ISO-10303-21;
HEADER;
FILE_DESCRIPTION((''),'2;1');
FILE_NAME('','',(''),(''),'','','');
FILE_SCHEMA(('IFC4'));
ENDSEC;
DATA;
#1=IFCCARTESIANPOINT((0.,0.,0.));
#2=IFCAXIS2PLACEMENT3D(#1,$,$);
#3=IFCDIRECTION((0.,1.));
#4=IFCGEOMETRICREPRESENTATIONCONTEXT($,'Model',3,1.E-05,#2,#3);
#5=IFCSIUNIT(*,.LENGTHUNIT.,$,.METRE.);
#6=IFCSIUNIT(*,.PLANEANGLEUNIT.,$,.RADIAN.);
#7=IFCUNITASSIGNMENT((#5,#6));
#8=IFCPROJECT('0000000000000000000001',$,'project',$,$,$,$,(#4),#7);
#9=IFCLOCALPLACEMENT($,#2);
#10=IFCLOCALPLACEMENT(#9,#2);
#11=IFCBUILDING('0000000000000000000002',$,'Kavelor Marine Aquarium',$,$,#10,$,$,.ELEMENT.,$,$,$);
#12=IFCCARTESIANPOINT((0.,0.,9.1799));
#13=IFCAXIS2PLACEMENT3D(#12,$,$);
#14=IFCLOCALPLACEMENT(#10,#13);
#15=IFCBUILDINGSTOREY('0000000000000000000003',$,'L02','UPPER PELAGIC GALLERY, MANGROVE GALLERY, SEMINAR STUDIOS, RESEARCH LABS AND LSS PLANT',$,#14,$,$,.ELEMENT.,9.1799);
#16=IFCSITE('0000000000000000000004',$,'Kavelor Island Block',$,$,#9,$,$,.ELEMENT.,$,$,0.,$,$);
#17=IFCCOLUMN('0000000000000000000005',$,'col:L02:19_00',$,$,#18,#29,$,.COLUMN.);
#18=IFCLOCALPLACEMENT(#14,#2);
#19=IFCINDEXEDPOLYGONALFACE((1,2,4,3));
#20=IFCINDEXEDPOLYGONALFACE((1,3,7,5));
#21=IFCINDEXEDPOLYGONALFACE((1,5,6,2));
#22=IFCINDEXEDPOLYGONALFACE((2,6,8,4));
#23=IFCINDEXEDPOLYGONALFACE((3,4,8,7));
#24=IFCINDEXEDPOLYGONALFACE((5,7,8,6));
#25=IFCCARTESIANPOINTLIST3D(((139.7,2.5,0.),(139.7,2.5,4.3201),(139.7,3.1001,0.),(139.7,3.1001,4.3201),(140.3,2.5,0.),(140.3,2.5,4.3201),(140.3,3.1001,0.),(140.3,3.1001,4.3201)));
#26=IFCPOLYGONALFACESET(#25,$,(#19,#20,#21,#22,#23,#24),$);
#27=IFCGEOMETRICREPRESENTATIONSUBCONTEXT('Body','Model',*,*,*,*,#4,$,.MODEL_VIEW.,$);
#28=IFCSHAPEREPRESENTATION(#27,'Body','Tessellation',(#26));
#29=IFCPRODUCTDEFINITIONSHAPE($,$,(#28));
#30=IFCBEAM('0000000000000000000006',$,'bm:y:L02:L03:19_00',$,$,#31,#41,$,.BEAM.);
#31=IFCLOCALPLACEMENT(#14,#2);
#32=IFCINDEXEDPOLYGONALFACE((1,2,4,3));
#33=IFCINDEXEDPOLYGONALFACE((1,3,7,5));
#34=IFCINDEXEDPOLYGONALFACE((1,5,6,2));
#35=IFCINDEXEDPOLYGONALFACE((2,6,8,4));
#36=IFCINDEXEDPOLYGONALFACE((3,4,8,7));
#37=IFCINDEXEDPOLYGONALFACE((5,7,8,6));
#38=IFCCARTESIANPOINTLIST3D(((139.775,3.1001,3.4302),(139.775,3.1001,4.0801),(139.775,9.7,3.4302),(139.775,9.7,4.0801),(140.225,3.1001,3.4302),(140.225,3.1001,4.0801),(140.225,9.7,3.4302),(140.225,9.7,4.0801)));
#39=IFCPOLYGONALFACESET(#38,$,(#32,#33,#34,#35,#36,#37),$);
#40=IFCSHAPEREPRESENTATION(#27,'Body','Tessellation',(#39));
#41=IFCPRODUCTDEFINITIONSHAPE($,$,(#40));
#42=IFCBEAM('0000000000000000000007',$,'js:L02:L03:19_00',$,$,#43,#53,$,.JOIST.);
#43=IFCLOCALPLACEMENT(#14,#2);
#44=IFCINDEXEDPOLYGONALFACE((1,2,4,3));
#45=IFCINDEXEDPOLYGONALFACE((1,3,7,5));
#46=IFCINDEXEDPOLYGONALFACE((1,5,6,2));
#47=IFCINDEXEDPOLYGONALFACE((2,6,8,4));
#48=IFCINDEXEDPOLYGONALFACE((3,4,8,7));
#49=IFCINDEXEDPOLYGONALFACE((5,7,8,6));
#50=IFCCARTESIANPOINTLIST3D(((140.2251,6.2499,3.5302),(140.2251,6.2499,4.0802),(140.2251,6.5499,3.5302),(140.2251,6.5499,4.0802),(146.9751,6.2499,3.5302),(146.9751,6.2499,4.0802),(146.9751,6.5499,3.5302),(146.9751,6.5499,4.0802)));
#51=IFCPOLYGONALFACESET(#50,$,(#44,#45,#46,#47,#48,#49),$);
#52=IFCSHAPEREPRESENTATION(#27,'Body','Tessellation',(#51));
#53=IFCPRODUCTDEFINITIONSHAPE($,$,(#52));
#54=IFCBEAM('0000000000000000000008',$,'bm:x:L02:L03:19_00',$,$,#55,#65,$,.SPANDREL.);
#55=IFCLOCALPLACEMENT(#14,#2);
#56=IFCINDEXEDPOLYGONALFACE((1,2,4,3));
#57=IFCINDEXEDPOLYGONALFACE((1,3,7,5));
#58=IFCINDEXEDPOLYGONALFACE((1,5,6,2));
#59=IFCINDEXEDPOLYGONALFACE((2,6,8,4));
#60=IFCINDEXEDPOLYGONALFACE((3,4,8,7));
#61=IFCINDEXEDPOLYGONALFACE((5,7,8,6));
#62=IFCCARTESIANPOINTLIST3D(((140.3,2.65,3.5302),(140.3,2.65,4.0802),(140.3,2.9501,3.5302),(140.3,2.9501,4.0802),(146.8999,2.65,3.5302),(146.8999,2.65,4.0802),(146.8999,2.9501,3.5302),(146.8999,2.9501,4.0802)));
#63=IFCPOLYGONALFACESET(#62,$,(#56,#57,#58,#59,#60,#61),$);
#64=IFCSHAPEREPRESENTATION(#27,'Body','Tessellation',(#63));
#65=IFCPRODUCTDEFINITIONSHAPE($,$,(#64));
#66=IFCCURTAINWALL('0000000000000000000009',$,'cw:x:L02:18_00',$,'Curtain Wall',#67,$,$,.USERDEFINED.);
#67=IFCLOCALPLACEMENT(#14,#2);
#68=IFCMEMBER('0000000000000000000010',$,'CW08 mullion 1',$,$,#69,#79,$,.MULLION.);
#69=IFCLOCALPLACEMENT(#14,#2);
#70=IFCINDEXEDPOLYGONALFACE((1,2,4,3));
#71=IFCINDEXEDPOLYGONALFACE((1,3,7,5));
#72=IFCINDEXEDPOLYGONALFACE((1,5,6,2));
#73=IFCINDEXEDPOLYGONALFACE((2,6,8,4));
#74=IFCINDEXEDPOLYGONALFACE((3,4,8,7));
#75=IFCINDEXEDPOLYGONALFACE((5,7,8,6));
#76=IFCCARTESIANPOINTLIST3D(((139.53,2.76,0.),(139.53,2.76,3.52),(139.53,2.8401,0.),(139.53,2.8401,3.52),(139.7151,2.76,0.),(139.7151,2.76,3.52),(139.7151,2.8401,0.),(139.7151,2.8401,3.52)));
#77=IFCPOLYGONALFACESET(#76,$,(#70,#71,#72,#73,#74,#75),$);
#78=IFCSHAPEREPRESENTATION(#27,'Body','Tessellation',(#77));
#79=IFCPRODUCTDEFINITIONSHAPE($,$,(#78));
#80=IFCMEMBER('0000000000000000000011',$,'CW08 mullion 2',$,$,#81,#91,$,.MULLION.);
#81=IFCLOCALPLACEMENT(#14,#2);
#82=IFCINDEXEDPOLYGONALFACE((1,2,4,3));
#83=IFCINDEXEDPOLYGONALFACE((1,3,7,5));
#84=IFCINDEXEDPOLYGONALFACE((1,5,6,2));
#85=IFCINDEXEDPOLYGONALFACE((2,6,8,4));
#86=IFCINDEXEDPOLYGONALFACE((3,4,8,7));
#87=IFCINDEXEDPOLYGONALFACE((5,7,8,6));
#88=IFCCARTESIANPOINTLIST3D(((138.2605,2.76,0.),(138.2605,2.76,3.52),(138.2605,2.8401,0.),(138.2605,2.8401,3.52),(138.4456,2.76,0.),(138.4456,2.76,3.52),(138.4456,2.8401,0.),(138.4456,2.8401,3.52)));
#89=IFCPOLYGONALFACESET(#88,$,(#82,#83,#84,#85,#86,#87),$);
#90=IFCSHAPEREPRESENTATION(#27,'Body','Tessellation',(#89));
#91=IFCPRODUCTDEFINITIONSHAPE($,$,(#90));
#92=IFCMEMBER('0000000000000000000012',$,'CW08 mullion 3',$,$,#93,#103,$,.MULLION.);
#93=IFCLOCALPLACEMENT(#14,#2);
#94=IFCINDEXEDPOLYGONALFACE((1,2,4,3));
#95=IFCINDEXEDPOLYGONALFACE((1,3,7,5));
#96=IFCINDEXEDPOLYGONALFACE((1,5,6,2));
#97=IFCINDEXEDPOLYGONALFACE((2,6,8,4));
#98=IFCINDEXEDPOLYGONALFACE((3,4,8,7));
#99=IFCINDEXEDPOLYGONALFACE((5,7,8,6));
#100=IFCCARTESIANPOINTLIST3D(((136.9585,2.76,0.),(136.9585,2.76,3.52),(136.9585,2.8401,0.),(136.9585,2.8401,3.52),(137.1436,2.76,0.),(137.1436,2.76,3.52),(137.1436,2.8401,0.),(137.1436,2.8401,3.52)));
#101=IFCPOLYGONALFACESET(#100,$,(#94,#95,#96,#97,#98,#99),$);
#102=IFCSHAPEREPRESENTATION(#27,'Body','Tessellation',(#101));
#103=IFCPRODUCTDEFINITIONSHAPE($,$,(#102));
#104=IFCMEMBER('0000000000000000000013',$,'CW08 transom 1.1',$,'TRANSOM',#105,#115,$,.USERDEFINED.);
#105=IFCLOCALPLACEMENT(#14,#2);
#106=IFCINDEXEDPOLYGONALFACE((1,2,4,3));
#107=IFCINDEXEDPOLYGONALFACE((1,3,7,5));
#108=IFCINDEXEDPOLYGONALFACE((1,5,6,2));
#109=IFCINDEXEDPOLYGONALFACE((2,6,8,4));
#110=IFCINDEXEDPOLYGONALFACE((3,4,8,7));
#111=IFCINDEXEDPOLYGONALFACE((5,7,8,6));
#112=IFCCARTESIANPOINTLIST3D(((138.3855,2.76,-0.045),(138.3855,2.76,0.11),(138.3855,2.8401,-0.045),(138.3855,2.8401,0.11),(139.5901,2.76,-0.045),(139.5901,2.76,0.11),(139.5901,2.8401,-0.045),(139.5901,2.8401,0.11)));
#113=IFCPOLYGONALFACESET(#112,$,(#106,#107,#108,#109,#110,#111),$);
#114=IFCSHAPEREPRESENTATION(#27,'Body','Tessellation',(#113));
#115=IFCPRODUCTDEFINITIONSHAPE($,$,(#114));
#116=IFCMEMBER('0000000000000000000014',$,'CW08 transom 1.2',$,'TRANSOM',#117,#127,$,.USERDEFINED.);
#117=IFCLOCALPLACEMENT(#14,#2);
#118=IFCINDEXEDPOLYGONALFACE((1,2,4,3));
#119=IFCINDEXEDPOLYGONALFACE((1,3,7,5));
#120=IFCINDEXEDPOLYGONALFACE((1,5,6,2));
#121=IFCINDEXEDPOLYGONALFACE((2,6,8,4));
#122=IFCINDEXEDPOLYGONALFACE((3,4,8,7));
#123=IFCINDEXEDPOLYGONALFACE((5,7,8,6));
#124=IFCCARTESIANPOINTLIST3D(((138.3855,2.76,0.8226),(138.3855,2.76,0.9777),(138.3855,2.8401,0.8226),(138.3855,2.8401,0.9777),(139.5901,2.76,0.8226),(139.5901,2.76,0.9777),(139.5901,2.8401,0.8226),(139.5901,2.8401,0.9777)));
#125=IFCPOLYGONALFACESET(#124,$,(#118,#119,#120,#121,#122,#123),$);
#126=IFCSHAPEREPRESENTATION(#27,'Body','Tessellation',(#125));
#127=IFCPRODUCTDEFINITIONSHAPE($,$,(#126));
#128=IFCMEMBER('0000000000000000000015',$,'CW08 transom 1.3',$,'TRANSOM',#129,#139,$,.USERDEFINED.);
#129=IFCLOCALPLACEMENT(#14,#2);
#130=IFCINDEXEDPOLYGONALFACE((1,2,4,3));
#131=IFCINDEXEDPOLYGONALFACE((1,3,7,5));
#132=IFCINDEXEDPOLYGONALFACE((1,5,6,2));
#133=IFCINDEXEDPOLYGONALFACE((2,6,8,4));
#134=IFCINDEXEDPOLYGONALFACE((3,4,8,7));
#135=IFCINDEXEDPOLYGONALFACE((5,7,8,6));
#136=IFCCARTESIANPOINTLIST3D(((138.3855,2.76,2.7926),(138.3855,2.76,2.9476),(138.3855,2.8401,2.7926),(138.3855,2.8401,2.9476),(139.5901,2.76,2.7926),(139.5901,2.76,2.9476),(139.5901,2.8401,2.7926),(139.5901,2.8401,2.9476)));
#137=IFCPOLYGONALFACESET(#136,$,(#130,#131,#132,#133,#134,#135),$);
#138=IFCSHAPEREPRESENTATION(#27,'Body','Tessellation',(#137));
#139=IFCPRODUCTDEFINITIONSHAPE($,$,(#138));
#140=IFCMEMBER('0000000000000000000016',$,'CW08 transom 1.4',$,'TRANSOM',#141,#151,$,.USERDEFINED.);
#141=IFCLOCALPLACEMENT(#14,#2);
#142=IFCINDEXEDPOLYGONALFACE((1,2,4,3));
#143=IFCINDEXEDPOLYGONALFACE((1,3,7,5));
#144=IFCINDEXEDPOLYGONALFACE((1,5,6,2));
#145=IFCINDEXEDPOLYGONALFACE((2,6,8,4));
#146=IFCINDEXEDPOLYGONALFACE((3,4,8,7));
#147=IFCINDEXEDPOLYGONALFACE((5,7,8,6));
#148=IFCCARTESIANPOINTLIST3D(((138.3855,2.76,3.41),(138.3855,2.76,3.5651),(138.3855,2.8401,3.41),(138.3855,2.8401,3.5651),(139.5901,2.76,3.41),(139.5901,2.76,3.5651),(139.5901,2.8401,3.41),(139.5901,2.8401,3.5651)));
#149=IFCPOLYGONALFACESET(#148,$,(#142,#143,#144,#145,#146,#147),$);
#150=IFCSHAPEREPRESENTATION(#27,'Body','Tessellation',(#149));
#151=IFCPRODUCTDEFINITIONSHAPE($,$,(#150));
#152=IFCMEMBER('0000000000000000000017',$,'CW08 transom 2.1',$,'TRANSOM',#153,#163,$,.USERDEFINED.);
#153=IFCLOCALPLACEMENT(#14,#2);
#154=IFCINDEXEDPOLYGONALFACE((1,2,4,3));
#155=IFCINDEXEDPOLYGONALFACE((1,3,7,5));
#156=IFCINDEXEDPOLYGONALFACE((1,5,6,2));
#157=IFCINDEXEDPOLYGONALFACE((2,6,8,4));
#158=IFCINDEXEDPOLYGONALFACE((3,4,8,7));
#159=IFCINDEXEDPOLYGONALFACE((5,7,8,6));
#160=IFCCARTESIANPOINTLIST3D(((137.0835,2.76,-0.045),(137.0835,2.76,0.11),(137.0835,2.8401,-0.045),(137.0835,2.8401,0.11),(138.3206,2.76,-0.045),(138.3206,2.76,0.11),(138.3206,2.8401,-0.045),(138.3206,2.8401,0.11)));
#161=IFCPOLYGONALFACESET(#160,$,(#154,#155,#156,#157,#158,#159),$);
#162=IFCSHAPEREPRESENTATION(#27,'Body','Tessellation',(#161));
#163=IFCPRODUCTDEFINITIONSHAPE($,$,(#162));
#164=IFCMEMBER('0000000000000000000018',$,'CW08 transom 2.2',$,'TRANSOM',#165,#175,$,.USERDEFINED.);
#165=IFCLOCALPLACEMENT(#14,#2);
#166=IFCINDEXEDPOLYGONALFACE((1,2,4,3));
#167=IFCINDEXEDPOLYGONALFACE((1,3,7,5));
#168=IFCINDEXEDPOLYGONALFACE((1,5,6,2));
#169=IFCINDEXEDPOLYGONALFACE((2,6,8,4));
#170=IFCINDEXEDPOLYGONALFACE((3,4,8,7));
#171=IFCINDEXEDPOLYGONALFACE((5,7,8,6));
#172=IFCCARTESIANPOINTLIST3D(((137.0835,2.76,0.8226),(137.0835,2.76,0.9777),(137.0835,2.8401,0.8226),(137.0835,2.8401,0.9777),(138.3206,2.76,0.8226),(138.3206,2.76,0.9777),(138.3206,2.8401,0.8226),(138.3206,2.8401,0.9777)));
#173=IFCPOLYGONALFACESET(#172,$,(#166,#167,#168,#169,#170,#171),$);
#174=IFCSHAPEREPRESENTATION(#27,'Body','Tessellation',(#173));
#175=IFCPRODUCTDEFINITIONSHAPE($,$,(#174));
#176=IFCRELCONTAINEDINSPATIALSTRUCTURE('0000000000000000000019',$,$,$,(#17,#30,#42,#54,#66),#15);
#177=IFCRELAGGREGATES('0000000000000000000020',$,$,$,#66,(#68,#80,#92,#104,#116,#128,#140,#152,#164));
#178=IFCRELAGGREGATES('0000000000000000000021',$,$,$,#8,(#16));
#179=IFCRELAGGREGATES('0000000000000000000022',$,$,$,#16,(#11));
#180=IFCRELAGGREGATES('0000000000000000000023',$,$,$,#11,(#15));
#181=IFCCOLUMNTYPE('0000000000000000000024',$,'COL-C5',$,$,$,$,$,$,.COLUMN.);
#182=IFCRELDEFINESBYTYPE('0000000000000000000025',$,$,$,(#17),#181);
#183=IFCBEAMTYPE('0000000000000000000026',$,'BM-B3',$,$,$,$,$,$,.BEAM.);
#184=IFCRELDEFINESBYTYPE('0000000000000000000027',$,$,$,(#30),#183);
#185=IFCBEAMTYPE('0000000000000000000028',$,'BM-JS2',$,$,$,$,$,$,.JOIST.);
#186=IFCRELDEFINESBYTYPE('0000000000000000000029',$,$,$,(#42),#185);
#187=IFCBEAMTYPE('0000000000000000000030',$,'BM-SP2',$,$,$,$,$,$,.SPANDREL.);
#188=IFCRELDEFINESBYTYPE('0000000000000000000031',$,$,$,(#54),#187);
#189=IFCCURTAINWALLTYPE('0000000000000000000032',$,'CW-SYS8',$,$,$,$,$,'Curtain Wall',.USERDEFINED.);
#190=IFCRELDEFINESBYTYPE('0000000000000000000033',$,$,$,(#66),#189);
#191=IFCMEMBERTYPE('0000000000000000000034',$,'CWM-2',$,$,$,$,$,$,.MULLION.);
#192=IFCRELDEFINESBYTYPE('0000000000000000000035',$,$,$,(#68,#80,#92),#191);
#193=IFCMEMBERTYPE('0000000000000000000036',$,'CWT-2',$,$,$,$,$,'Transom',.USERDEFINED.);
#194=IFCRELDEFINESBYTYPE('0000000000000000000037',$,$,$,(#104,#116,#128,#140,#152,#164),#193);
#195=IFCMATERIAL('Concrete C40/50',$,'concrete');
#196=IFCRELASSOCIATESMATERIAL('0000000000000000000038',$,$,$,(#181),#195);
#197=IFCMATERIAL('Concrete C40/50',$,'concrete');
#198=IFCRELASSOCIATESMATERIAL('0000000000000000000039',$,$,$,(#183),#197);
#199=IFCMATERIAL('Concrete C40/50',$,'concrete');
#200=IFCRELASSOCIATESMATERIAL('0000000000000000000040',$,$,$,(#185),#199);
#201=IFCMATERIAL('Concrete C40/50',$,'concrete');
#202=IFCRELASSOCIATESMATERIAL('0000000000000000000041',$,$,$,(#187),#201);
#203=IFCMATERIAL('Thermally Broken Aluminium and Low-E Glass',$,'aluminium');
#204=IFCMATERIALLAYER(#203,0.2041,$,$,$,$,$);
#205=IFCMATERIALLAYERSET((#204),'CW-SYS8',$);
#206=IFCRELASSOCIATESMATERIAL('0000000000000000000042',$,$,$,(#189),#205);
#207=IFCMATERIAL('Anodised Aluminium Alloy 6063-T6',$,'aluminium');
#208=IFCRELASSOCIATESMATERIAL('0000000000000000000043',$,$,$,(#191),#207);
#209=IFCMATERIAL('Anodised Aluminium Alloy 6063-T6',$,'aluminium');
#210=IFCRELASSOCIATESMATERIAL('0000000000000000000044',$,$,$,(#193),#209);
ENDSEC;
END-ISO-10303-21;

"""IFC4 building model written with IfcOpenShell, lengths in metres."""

from ifc_helpers import new_model, si_unit, direction, frame, origin, origin_2d, place, context, subcontext, project, spatial, rectangle, extrude, material, layer, layer_set, material_profile, profile_set, type_object, element, aggregate, save


model = new_model("IFC4")

# Units and contexts
model_context = context("Model", 3, precision=1e-05, world=origin(), true_north=direction((0.0, 1.0)))
body_context = subcontext(model_context, "Body", "Model", "MODEL_VIEW")
ifc_project = project(units=[si_unit("LENGTHUNIT", "METRE"), si_unit("PLANEANGLEUNIT", "RADIAN")], contexts=[model_context])

# Site, building, storey
site_placement = place(None, origin())
site = spatial("IfcSite", under=ifc_project, at=site_placement, Name="Kavelor Island Block", CompositionType="ELEMENT", RefElevation=0.0)
building_placement = place(site_placement, origin())
building = spatial("IfcBuilding", under=site, at=building_placement, Name="Kavelor Marine Aquarium", CompositionType="ELEMENT")
storey_placement = place(building_placement, frame((0.0, 0.0, 9.1799)))
storey = spatial("IfcBuildingStorey", under=building, at=storey_placement, Name="L02", Description="UPPER PELAGIC GALLERY, MANGROVE GALLERY, SEMINAR STUDIOS, RESEARCH LABS AND LSS PLANT", CompositionType="ELEMENT", Elevation=9.1799)

# Column
ifc_material_1 = material(Name="Concrete C40/50", Category="concrete")
ifc_material_profile_1 = material_profile(ifc_material_1, rectangle(XDim=0.6001, YDim=0.6001, at=origin_2d()), Name="RC-COL 600x600")
ifc_profile_set_1 = profile_set([ifc_material_profile_1], Name="Concrete C40/50")
column_type = type_object("IfcColumnType", Name="COL-C5", PredefinedType="COLUMN", material=ifc_profile_set_1)
column_placement = place(storey_placement, frame((140.0, 2.8, 0.0), z_axis=(0.0, 0.0, 1.0), x_axis=(1.0, 0.0, 0.0)))
element("IfcColumn", 1, at=column_placement, inside=storey, type_object=column_type, Name="col:L02:19_00", PredefinedType="COLUMN", context=body_context, shape_type="SweptSolid", body=[
    extrude(rectangle(XDim=0.6001, YDim=0.6001, at=origin_2d()), origin(), (0.0, 0.0, 1.0), 4.3201),
])

# Beams
ifc_material_2 = material(Name="Concrete C40/50", Category="concrete")
ifc_material_profile_2 = material_profile(ifc_material_2, rectangle(XDim=0.45, YDim=0.6499, at=origin_2d()), Name="RC-BM 450x650")
ifc_profile_set_2 = profile_set([ifc_material_profile_2], Name="Concrete C40/50")
beam_type_1 = type_object("IfcBeamType", Name="BM-B3", PredefinedType="BEAM", material=ifc_profile_set_2)
beam_1_placement = place(storey_placement, frame((140.0, 3.1001, 3.7551), z_axis=(0.0, 1.0, 0.0), x_axis=(-1.0, 0.0, 0.0)))
element("IfcBeam", 2, at=beam_1_placement, inside=storey, type_object=beam_type_1, Name="bm:y:L02:L03:19_00", PredefinedType="BEAM", context=body_context, shape_type="SweptSolid", body=[
    extrude(rectangle(XDim=0.45, YDim=0.6499, at=origin_2d()), origin(), (0.0, 0.0, 1.0), 6.5999),
])
ifc_material_3 = material(Name="Concrete C40/50", Category="concrete")
ifc_material_profile_3 = material_profile(ifc_material_3, rectangle(XDim=0.3, YDim=0.55, at=origin_2d()), Name="RC-JS 300x550")
ifc_profile_set_3 = profile_set([ifc_material_profile_3], Name="Concrete C40/50")
beam_type_2 = type_object("IfcBeamType", Name="BM-JS2", PredefinedType="JOIST", material=ifc_profile_set_3)
beam_2_placement = place(storey_placement, frame((140.2251, 6.3999, 3.8052), z_axis=(1.0, 0.0, 0.0), x_axis=(0.0, 1.0, 0.0)))
element("IfcBeam", 3, at=beam_2_placement, inside=storey, type_object=beam_type_2, Name="js:L02:L03:19_00", PredefinedType="JOIST", context=body_context, shape_type="SweptSolid", body=[
    extrude(rectangle(XDim=0.3, YDim=0.55, at=origin_2d()), origin(), (0.0, 0.0, 1.0), 6.75),
])
ifc_material_4 = material(Name="Concrete C40/50", Category="concrete")
ifc_material_profile_4 = material_profile(ifc_material_4, rectangle(XDim=0.3, YDim=0.55, at=origin_2d()), Name="RC-SP 300x550")
ifc_profile_set_4 = profile_set([ifc_material_profile_4], Name="Concrete C40/50")
beam_type_3 = type_object("IfcBeamType", Name="BM-SP2", PredefinedType="SPANDREL", material=ifc_profile_set_4)
beam_3_placement = place(storey_placement, frame((140.3, 2.8, 3.8052), z_axis=(1.0, 0.0, 0.0), x_axis=(0.0, 1.0, 0.0)))
element("IfcBeam", 4, at=beam_3_placement, inside=storey, type_object=beam_type_3, Name="bm:x:L02:L03:19_00", PredefinedType="SPANDREL", context=body_context, shape_type="SweptSolid", body=[
    extrude(rectangle(XDim=0.3, YDim=0.55, at=origin_2d()), origin(), (0.0, 0.0, 1.0), 6.5999),
])

# Curtain wall, members
ifc_material_5 = material(Name="Thermally Broken Aluminium and Low-E Glass", Category="aluminium")
ifc_layer_1 = layer(ifc_material_5, 0.2041)
ifc_layer_set_1 = layer_set([ifc_layer_1], Name="CW-SYS8")
curtain_wall_type = type_object("IfcCurtainWallType", Name="CW-SYS8", ElementType="Curtain Wall", PredefinedType="USERDEFINED", material=ifc_layer_set_1)
curtain_wall_placement = place(storey_placement, origin())
curtain_wall = element("IfcCurtainWall", 5, at=curtain_wall_placement, inside=storey, type_object=curtain_wall_type, Name="cw:x:L02:18_00", ObjectType="Curtain Wall", PredefinedType="USERDEFINED")
ifc_material_6 = material(Name="Anodised Aluminium Alloy 6063-T6", Category="aluminium")
ifc_material_profile_5 = material_profile(ifc_material_6, rectangle(XDim=0.0801, YDim=0.1851, at=origin_2d()), Name="CW-MUL 80x185")
ifc_profile_set_5 = profile_set([ifc_material_profile_5], Name="Anodised Aluminium Alloy 6063-T6")
member_type_1 = type_object("IfcMemberType", Name="CWM-2", PredefinedType="MULLION", material=ifc_profile_set_5)
member_1_placement = place(storey_placement, frame((139.6226, 2.8, 0.0), z_axis=(0.0, 0.0, 1.0), x_axis=(0.0, -1.0, 0.0)))
member_1 = element("IfcMember", 6, at=member_1_placement, type_object=member_type_1, Name="CW08 mullion 1", PredefinedType="MULLION", context=body_context, shape_type="SweptSolid", body=[
    extrude(rectangle(XDim=0.0801, YDim=0.1851, at=origin_2d()), origin(), (0.0, 0.0, 1.0), 3.52),
])
member_2_placement = place(storey_placement, frame((138.353, 2.8, 0.0), z_axis=(0.0, 0.0, 1.0), x_axis=(0.0, -1.0, 0.0)))
member_2 = element("IfcMember", 7, at=member_2_placement, type_object=member_type_1, Name="CW08 mullion 2", PredefinedType="MULLION", context=body_context, shape_type="SweptSolid", body=[
    extrude(rectangle(XDim=0.0801, YDim=0.1851, at=origin_2d()), origin(), (0.0, 0.0, 1.0), 3.52),
])
member_3_placement = place(storey_placement, frame((137.051, 2.8, 0.0), z_axis=(0.0, 0.0, 1.0), x_axis=(0.0, -1.0, 0.0)))
member_3 = element("IfcMember", 8, at=member_3_placement, type_object=member_type_1, Name="CW08 mullion 3", PredefinedType="MULLION", context=body_context, shape_type="SweptSolid", body=[
    extrude(rectangle(XDim=0.0801, YDim=0.1851, at=origin_2d()), origin(), (0.0, 0.0, 1.0), 3.52),
])
ifc_material_7 = material(Name="Anodised Aluminium Alloy 6063-T6", Category="aluminium")
ifc_material_profile_6 = material_profile(ifc_material_7, rectangle(XDim=0.0801, YDim=0.155, at=origin_2d()), Name="CW-TRN 80x155")
ifc_profile_set_6 = profile_set([ifc_material_profile_6], Name="Anodised Aluminium Alloy 6063-T6")
member_type_2 = type_object("IfcMemberType", Name="CWT-2", ElementType="Transom", PredefinedType="USERDEFINED", material=ifc_profile_set_6)
member_4_placement = place(storey_placement, frame((139.5901, 2.8, 0.0325), z_axis=(-1.0, 0.0, 0.0), x_axis=(0.0, -1.0, 0.0)))
member_4 = element("IfcMember", 9, at=member_4_placement, type_object=member_type_2, Name="CW08 transom 1.1", ObjectType="TRANSOM", PredefinedType="USERDEFINED", context=body_context, shape_type="SweptSolid", body=[
    extrude(rectangle(XDim=0.0801, YDim=0.155, at=origin_2d()), origin(), (0.0, 0.0, 1.0), 1.2046),
])
member_5_placement = place(storey_placement, frame((139.5901, 2.8, 0.9001), z_axis=(-1.0, 0.0, 0.0), x_axis=(0.0, -1.0, 0.0)))
member_5 = element("IfcMember", 10, at=member_5_placement, type_object=member_type_2, Name="CW08 transom 1.2", ObjectType="TRANSOM", PredefinedType="USERDEFINED", context=body_context, shape_type="SweptSolid", body=[
    extrude(rectangle(XDim=0.0801, YDim=0.155, at=origin_2d()), origin(), (0.0, 0.0, 1.0), 1.2046),
])
member_6_placement = place(storey_placement, frame((139.5901, 2.8, 2.8701), z_axis=(-1.0, 0.0, 0.0), x_axis=(0.0, -1.0, 0.0)))
member_6 = element("IfcMember", 11, at=member_6_placement, type_object=member_type_2, Name="CW08 transom 1.3", ObjectType="TRANSOM", PredefinedType="USERDEFINED", context=body_context, shape_type="SweptSolid", body=[
    extrude(rectangle(XDim=0.0801, YDim=0.155, at=origin_2d()), origin(), (0.0, 0.0, 1.0), 1.2046),
])
member_7_placement = place(storey_placement, frame((139.5901, 2.8, 3.4875), z_axis=(-1.0, 0.0, 0.0), x_axis=(0.0, -1.0, 0.0)))
member_7 = element("IfcMember", 12, at=member_7_placement, type_object=member_type_2, Name="CW08 transom 1.4", ObjectType="TRANSOM", PredefinedType="USERDEFINED", context=body_context, shape_type="SweptSolid", body=[
    extrude(rectangle(XDim=0.0801, YDim=0.155, at=origin_2d()), origin(), (0.0, 0.0, 1.0), 1.2046),
])
member_8_placement = place(storey_placement, frame((138.3206, 2.8, 0.0325), z_axis=(-1.0, 0.0, 0.0), x_axis=(0.0, -1.0, 0.0)))
member_8 = element("IfcMember", 13, at=member_8_placement, type_object=member_type_2, Name="CW08 transom 2.1", ObjectType="TRANSOM", PredefinedType="USERDEFINED", context=body_context, shape_type="SweptSolid", body=[
    extrude(rectangle(XDim=0.0801, YDim=0.155, at=origin_2d()), origin(), (0.0, 0.0, 1.0), 1.2371),
])
member_9_placement = place(storey_placement, frame((138.3206, 2.8, 0.9001), z_axis=(-1.0, 0.0, 0.0), x_axis=(0.0, -1.0, 0.0)))
member_9 = element("IfcMember", 14, at=member_9_placement, type_object=member_type_2, Name="CW08 transom 2.2", ObjectType="TRANSOM", PredefinedType="USERDEFINED", context=body_context, shape_type="SweptSolid", body=[
    extrude(rectangle(XDim=0.0801, YDim=0.155, at=origin_2d()), origin(), (0.0, 0.0, 1.0), 1.2371),
])
aggregate(curtain_wall, [member_1, member_2, member_3, member_4, member_5, member_6, member_7, member_8, member_9])

save(model, "model.ifc")
